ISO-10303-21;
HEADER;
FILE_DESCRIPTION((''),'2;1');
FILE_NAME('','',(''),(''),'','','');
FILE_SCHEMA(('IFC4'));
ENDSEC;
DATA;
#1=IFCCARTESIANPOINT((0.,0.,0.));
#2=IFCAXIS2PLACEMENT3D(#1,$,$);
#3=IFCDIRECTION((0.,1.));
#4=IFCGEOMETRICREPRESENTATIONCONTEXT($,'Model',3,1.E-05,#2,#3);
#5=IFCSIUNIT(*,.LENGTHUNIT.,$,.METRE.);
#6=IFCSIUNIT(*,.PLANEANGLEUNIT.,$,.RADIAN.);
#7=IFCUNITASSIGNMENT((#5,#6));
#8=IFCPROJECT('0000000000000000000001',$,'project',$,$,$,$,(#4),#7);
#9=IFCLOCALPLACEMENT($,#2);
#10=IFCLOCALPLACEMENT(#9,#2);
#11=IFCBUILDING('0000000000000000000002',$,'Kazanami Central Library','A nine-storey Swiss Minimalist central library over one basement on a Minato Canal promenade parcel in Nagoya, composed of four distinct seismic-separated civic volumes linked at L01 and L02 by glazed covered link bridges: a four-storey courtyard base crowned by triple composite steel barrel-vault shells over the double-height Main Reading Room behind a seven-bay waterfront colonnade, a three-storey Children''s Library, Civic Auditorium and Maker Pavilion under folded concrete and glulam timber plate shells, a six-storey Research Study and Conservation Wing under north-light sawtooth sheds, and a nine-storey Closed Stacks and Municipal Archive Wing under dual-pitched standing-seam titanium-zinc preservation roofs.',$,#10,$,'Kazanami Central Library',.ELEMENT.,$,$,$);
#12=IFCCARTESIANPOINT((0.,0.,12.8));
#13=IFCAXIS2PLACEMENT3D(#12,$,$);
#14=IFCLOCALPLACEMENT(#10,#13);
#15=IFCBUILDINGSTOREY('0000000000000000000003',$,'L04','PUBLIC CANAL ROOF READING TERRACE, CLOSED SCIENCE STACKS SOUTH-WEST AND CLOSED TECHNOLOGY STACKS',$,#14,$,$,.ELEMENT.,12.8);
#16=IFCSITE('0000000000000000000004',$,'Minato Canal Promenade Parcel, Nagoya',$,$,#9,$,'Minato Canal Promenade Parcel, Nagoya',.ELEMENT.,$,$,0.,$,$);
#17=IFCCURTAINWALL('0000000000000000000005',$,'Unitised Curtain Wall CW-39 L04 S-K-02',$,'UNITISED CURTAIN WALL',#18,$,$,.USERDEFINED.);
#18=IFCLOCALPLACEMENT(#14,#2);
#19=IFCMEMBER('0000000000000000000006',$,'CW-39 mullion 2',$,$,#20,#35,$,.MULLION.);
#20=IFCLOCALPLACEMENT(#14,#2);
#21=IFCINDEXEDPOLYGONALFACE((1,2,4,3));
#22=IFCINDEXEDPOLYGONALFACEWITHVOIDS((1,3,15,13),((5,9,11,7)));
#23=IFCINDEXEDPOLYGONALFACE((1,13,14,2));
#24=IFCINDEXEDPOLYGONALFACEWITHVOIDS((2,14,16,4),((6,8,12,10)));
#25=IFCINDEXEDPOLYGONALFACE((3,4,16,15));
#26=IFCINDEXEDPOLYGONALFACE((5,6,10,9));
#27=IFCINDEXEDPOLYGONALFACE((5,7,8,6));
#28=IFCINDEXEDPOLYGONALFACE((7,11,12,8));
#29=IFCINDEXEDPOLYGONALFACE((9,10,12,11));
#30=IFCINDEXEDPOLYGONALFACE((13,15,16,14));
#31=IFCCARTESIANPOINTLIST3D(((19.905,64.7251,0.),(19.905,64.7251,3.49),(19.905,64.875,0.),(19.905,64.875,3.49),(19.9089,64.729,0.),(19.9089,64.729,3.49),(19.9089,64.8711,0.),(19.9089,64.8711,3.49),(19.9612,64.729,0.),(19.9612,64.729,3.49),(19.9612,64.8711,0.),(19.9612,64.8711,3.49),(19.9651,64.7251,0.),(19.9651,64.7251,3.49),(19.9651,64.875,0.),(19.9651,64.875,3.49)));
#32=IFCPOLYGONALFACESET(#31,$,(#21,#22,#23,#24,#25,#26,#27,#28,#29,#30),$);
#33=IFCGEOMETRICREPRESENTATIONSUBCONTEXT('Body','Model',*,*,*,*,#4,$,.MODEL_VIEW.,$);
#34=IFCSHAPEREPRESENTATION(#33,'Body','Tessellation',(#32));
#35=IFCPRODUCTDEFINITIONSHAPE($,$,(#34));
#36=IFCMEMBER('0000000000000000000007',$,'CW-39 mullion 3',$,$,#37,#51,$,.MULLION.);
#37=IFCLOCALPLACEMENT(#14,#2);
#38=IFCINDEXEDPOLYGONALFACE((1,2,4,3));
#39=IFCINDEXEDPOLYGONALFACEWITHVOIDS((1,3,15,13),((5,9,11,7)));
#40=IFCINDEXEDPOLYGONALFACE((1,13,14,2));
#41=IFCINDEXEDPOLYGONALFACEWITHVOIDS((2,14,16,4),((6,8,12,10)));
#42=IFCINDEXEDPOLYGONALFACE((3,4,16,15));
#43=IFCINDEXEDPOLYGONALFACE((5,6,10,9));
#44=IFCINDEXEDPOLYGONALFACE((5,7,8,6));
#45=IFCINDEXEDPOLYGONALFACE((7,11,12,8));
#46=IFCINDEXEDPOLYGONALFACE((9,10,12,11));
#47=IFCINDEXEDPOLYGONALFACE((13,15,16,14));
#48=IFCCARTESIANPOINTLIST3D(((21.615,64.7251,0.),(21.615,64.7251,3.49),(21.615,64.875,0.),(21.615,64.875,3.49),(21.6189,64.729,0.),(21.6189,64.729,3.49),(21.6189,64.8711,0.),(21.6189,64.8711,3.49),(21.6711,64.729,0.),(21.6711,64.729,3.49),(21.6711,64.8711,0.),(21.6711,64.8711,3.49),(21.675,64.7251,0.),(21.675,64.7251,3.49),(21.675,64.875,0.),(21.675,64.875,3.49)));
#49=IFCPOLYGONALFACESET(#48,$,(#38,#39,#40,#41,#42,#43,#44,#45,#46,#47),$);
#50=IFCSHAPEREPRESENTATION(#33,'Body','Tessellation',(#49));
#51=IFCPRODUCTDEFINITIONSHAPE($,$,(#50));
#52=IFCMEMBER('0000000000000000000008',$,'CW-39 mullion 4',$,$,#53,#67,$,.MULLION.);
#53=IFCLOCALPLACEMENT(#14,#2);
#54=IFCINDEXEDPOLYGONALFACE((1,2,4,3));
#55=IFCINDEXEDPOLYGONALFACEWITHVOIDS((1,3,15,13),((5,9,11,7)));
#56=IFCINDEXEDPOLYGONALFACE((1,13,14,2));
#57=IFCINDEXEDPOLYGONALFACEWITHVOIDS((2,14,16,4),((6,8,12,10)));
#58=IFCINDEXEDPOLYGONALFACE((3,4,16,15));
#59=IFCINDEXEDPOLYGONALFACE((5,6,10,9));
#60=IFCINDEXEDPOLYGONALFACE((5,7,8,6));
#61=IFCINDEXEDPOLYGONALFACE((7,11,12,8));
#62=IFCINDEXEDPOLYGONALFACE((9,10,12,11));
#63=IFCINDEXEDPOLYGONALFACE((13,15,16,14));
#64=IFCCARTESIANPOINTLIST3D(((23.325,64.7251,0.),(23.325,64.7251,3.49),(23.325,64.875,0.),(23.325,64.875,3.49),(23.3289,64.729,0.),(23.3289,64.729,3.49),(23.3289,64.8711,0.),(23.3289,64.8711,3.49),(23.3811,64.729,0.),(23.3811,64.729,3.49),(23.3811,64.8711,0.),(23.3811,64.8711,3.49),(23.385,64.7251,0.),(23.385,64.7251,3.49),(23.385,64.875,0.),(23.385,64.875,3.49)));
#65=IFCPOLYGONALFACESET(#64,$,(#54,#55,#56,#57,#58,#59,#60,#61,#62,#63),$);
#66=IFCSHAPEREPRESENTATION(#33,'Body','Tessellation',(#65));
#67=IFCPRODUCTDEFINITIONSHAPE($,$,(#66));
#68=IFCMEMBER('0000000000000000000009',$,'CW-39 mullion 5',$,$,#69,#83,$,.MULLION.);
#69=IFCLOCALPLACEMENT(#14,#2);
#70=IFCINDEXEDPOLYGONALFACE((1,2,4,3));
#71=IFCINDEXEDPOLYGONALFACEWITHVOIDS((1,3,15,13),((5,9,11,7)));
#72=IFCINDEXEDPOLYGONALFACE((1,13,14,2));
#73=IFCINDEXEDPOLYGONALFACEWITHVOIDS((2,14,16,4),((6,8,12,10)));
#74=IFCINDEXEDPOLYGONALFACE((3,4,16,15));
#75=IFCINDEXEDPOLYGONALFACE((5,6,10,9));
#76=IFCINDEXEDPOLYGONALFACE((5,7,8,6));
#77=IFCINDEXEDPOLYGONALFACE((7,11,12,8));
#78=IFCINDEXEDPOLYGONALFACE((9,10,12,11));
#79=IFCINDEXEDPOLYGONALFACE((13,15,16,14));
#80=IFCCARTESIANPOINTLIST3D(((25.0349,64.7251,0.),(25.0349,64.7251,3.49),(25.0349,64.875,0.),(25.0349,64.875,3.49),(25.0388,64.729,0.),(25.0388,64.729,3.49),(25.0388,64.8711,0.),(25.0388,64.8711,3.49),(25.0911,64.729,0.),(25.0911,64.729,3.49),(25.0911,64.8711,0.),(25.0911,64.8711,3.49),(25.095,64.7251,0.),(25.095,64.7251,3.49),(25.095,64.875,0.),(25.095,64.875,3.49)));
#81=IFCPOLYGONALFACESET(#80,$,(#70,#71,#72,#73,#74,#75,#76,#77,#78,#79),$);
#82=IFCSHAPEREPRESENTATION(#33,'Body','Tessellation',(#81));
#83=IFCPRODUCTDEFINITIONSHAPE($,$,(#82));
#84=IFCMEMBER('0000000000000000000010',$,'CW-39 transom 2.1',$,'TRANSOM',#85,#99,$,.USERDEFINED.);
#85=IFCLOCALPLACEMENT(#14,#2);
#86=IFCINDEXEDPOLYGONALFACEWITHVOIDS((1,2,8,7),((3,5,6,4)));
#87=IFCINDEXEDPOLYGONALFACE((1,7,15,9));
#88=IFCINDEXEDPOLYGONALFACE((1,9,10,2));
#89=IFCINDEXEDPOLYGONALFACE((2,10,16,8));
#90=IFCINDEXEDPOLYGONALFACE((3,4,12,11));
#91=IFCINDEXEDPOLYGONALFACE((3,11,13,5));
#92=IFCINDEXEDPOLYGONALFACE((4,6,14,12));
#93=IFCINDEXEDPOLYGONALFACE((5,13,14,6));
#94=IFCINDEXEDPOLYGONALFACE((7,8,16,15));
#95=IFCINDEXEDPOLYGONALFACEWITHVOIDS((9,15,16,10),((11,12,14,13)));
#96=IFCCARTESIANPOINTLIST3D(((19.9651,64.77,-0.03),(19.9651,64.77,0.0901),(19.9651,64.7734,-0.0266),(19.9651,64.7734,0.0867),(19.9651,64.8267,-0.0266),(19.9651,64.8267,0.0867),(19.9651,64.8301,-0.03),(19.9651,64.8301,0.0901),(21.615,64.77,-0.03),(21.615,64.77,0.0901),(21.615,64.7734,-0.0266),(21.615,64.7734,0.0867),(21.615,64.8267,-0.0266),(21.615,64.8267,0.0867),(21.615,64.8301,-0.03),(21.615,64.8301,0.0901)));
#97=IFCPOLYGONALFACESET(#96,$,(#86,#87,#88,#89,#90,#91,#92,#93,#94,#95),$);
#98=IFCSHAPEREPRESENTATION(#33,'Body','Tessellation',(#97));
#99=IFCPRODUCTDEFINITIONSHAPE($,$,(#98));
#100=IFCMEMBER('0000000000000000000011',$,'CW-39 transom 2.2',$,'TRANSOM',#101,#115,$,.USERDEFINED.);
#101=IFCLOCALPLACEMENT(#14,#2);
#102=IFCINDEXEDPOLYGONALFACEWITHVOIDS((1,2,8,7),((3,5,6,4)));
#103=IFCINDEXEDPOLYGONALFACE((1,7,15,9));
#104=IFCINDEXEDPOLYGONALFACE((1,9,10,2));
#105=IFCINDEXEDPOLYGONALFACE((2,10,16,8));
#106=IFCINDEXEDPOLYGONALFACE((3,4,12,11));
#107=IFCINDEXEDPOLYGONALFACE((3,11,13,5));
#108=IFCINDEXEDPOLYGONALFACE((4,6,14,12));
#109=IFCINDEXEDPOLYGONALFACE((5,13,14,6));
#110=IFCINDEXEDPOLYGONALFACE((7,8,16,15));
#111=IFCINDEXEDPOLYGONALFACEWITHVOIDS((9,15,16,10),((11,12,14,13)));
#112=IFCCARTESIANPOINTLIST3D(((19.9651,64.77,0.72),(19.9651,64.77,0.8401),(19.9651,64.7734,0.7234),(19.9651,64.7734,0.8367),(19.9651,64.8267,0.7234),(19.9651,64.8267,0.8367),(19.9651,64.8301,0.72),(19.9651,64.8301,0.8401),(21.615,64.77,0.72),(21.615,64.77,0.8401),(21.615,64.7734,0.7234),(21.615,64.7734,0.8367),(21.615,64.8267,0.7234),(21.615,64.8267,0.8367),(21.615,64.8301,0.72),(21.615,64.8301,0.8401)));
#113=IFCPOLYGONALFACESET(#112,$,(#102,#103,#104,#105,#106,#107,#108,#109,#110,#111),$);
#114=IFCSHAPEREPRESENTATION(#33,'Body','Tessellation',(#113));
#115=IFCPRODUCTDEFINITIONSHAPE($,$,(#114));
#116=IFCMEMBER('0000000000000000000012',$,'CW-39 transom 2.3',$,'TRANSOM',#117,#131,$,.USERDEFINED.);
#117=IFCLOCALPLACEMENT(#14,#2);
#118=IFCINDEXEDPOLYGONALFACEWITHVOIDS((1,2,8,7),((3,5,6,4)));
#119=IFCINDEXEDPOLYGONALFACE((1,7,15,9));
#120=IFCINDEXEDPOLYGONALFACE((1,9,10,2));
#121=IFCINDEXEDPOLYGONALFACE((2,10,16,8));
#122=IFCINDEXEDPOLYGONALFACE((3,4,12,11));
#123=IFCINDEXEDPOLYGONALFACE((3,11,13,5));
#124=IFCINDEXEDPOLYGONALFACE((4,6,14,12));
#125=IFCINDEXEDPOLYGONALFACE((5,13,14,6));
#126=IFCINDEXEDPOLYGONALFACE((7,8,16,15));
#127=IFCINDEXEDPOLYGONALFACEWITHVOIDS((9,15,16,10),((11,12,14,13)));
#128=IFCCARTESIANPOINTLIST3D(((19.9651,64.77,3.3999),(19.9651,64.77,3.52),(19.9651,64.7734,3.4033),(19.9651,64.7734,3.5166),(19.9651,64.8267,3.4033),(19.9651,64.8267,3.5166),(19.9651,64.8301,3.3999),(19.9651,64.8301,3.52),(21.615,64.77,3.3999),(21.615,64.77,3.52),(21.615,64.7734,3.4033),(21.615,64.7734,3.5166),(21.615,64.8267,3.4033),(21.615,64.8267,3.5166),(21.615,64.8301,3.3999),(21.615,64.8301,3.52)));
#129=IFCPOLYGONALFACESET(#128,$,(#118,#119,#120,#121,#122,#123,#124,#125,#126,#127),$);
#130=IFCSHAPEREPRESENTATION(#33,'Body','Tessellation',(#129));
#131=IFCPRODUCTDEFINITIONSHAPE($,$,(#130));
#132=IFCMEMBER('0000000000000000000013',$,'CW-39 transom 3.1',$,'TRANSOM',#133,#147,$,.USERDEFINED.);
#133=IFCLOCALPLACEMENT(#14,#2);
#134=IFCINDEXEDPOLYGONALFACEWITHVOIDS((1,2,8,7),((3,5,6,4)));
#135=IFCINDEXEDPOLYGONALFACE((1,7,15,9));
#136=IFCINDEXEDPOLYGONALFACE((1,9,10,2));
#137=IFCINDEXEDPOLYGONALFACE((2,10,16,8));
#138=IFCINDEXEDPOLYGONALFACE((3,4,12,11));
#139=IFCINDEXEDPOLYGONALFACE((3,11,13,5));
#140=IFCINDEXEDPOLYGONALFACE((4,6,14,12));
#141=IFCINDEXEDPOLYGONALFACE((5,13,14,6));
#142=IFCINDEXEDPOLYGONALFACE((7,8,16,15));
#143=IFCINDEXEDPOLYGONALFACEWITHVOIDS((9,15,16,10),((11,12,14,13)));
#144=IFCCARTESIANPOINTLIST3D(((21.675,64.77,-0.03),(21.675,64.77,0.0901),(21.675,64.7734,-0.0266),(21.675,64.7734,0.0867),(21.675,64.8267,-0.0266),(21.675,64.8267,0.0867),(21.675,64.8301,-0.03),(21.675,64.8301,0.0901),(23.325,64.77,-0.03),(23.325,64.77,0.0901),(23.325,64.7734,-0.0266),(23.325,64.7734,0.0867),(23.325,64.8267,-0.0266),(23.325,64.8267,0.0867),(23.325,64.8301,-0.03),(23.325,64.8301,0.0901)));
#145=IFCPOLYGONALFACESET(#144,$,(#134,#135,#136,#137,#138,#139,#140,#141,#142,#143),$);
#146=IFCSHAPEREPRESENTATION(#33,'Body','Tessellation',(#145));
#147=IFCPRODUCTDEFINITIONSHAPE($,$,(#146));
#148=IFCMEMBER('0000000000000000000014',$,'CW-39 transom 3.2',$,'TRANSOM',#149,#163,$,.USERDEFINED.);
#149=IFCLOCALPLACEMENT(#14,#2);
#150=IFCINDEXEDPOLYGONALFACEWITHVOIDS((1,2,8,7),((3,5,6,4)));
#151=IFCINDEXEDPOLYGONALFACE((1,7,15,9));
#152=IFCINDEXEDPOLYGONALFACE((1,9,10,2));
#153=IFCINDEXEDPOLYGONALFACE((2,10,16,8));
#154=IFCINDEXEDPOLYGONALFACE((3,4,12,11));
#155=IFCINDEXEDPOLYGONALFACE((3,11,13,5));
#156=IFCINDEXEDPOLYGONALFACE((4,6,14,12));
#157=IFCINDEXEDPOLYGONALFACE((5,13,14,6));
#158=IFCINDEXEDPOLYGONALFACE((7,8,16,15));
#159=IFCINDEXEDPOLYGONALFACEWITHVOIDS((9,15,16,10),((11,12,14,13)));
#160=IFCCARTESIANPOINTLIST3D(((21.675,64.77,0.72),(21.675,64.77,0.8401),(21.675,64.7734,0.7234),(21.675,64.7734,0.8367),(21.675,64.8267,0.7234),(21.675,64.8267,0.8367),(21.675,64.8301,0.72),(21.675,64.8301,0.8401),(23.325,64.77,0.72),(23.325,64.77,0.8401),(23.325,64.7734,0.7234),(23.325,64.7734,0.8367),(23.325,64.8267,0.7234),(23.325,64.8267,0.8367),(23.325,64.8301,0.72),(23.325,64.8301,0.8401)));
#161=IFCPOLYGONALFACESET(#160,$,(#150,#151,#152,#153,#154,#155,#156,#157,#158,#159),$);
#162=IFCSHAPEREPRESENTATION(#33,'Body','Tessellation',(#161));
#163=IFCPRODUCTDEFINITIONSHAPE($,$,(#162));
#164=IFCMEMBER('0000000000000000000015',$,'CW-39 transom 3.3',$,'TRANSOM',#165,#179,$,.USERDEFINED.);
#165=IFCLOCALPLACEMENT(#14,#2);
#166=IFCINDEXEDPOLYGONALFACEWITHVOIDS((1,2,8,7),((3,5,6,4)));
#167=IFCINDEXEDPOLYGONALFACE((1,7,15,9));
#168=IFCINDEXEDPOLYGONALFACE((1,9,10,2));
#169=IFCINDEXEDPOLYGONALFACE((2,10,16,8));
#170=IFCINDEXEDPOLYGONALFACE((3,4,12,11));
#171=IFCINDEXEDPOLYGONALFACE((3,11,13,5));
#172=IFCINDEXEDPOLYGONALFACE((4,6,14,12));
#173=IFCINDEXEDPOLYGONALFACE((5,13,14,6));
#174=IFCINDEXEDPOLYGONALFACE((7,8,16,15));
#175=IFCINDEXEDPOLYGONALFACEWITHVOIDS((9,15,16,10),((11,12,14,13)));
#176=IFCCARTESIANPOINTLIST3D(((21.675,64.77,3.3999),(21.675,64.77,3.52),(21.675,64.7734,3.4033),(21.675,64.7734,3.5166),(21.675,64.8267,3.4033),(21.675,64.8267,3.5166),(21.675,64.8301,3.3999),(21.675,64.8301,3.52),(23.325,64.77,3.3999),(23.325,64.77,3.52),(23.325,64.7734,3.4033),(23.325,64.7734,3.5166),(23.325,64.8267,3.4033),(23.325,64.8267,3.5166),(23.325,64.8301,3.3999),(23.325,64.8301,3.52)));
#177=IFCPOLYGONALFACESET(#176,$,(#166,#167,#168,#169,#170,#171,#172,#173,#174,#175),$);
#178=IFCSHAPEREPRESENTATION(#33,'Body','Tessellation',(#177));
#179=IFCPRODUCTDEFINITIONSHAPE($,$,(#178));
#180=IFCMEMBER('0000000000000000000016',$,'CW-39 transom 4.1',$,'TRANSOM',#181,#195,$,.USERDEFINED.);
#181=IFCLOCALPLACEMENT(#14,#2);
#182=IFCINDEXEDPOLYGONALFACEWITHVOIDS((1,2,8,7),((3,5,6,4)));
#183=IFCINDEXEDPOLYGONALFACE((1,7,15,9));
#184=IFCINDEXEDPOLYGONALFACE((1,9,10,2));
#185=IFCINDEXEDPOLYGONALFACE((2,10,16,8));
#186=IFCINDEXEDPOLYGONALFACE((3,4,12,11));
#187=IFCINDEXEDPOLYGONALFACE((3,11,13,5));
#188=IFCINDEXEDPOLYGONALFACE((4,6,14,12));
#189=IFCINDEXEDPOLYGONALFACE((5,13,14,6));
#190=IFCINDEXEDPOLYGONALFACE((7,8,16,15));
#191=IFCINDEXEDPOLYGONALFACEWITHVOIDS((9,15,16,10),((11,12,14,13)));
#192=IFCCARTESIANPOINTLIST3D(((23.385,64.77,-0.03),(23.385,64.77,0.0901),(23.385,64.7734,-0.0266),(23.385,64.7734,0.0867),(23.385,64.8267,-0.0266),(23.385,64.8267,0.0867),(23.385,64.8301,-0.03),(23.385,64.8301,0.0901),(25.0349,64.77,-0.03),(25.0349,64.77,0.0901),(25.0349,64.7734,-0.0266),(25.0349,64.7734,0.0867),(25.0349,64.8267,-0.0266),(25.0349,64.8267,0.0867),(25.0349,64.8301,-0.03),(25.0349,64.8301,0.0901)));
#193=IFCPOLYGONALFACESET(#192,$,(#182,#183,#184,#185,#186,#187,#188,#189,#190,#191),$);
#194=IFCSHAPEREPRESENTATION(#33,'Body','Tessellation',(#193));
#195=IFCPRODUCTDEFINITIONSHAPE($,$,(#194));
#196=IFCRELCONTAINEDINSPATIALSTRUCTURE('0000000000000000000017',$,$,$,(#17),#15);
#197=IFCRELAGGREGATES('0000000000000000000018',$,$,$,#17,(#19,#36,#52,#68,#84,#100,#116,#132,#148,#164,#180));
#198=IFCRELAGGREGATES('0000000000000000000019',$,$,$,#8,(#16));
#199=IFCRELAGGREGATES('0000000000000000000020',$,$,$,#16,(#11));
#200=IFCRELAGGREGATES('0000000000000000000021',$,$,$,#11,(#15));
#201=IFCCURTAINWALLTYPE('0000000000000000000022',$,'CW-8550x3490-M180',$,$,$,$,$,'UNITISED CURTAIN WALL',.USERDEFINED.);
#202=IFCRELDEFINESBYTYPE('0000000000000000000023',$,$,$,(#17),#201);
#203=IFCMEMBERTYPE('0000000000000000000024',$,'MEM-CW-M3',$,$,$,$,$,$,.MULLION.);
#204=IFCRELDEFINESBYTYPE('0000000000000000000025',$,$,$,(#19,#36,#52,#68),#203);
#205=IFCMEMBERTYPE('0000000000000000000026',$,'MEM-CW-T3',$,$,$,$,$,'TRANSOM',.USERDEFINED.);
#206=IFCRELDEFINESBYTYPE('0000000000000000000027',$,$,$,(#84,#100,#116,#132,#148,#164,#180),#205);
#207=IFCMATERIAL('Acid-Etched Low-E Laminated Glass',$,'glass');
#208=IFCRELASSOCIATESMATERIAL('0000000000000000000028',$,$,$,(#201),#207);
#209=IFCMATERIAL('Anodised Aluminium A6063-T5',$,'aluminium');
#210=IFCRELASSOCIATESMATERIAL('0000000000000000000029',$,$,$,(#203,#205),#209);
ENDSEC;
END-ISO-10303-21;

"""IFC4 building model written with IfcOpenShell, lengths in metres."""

from ifc_helpers import new_model, si_unit, direction, frame, origin, origin_2d, place, context, subcontext, project, spatial, hollow_rectangle, extrude, material, material_profile, profile_set, type_object, element, aggregate, save


model = new_model("IFC4")

# Units and contexts
model_context = context("Model", 3, precision=1e-05, world=origin(), true_north=direction((0.0, 1.0)))
body_context = subcontext(model_context, "Body", "Model", "MODEL_VIEW")
ifc_project = project(units=[si_unit("LENGTHUNIT", "METRE"), si_unit("PLANEANGLEUNIT", "RADIAN")], contexts=[model_context])

# Site, building, storey
site_placement = place(None, origin())
site = spatial("IfcSite", under=ifc_project, at=site_placement, Name="Minato Canal Promenade Parcel, Nagoya", LongName="Minato Canal Promenade Parcel, Nagoya", CompositionType="ELEMENT", RefElevation=0.0)
building_placement = place(site_placement, origin())
building = spatial("IfcBuilding", under=site, at=building_placement, Name="Kazanami Central Library", Description="A nine-storey Swiss Minimalist central library over one basement on a Minato Canal promenade parcel in Nagoya, composed of four distinct seismic-separated civic volumes linked at L01 and L02 by glazed covered link bridges: a four-storey courtyard base crowned by triple composite steel barrel-vault shells over the double-height Main Reading Room behind a seven-bay waterfront colonnade, a three-storey Children's Library, Civic Auditorium and Maker Pavilion under folded concrete and glulam timber plate shells, a six-storey Research Study and Conservation Wing under north-light sawtooth sheds, and a nine-storey Closed Stacks and Municipal Archive Wing under dual-pitched standing-seam titanium-zinc preservation roofs.", LongName="Kazanami Central Library", CompositionType="ELEMENT")
storey_placement = place(building_placement, frame((0.0, 0.0, 12.8)))
storey = spatial("IfcBuildingStorey", under=building, at=storey_placement, Name="L04", Description="PUBLIC CANAL ROOF READING TERRACE, CLOSED SCIENCE STACKS SOUTH-WEST AND CLOSED TECHNOLOGY STACKS", CompositionType="ELEMENT", Elevation=12.8)

# Curtain wall, members
ifc_material_1 = material(Name="Acid-Etched Low-E Laminated Glass", Category="glass")
curtain_wall_type = type_object("IfcCurtainWallType", Name="CW-8550x3490-M180", ElementType="UNITISED CURTAIN WALL", PredefinedType="USERDEFINED", material=ifc_material_1)
curtain_wall_placement = place(storey_placement, origin())
curtain_wall = element("IfcCurtainWall", 1, at=curtain_wall_placement, inside=storey, type_object=curtain_wall_type, Name="Unitised Curtain Wall CW-39 L04 S-K-02", ObjectType="UNITISED CURTAIN WALL", PredefinedType="USERDEFINED")
ifc_material_2 = material(Name="Anodised Aluminium A6063-T5", Category="aluminium")
ifc_material_profile_1 = material_profile(ifc_material_2, hollow_rectangle(XDim=0.0601, YDim=0.1499, WallThickness=0.0039, at=origin_2d()), Name="ALU-MULL-60x150x4")
ifc_profile_set_1 = profile_set([ifc_material_profile_1], Name="Anodised Aluminium A6063-T5")
member_type_1 = type_object("IfcMemberType", Name="MEM-CW-M3", PredefinedType="MULLION", material=ifc_profile_set_1)
member_1_placement = place(storey_placement, frame((19.9351, 64.8, 0.0), z_axis=(0.0, 0.0, 1.0), x_axis=(1.0, 0.0, 0.0)))
member_1 = element("IfcMember", 2, at=member_1_placement, type_object=member_type_1, Name="CW-39 mullion 2", PredefinedType="MULLION", context=body_context, shape_type="SweptSolid", body=[
    extrude(hollow_rectangle(XDim=0.0601, YDim=0.1499, WallThickness=0.0039, at=origin_2d()), origin(), (0.0, 0.0, 1.0), 3.49),
])
member_2_placement = place(storey_placement, frame((21.645, 64.8, 0.0), z_axis=(0.0, 0.0, 1.0), x_axis=(1.0, 0.0, 0.0)))
member_2 = element("IfcMember", 3, at=member_2_placement, type_object=member_type_1, Name="CW-39 mullion 3", PredefinedType="MULLION", context=body_context, shape_type="SweptSolid", body=[
    extrude(hollow_rectangle(XDim=0.0601, YDim=0.1499, WallThickness=0.0039, at=origin_2d()), origin(), (0.0, 0.0, 1.0), 3.49),
])
member_3_placement = place(storey_placement, frame((23.355, 64.8, 0.0), z_axis=(0.0, 0.0, 1.0), x_axis=(1.0, 0.0, 0.0)))
member_3 = element("IfcMember", 4, at=member_3_placement, type_object=member_type_1, Name="CW-39 mullion 4", PredefinedType="MULLION", context=body_context, shape_type="SweptSolid", body=[
    extrude(hollow_rectangle(XDim=0.0601, YDim=0.1499, WallThickness=0.0039, at=origin_2d()), origin(), (0.0, 0.0, 1.0), 3.49),
])
member_4_placement = place(storey_placement, frame((25.0649, 64.8, 0.0), z_axis=(0.0, 0.0, 1.0), x_axis=(1.0, 0.0, 0.0)))
member_4 = element("IfcMember", 5, at=member_4_placement, type_object=member_type_1, Name="CW-39 mullion 5", PredefinedType="MULLION", context=body_context, shape_type="SweptSolid", body=[
    extrude(hollow_rectangle(XDim=0.0601, YDim=0.1499, WallThickness=0.0039, at=origin_2d()), origin(), (0.0, 0.0, 1.0), 3.49),
])
ifc_material_profile_2 = material_profile(ifc_material_2, hollow_rectangle(XDim=0.0601, YDim=0.1201, WallThickness=0.0034, at=origin_2d()), Name="ALU-TRAN-60x120x3.5")
ifc_profile_set_2 = profile_set([ifc_material_profile_2], Name="Anodised Aluminium A6063-T5")
member_type_2 = type_object("IfcMemberType", Name="MEM-CW-T3", ElementType="TRANSOM", PredefinedType="USERDEFINED", material=ifc_profile_set_2)
member_5_placement = place(storey_placement, frame((19.9651, 64.8, 0.03), z_axis=(1.0, 0.0, 0.0), x_axis=(0.0, 1.0, 0.0)))
member_5 = element("IfcMember", 6, at=member_5_placement, type_object=member_type_2, Name="CW-39 transom 2.1", ObjectType="TRANSOM", PredefinedType="USERDEFINED", context=body_context, shape_type="SweptSolid", body=[
    extrude(hollow_rectangle(XDim=0.0601, YDim=0.1201, WallThickness=0.0034, at=origin_2d()), origin(), (0.0, 0.0, 1.0), 1.6499),
])
member_6_placement = place(storey_placement, frame((19.9651, 64.8, 0.78), z_axis=(1.0, 0.0, 0.0), x_axis=(0.0, 1.0, 0.0)))
member_6 = element("IfcMember", 7, at=member_6_placement, type_object=member_type_2, Name="CW-39 transom 2.2", ObjectType="TRANSOM", PredefinedType="USERDEFINED", context=body_context, shape_type="SweptSolid", body=[
    extrude(hollow_rectangle(XDim=0.0601, YDim=0.1201, WallThickness=0.0034, at=origin_2d()), origin(), (0.0, 0.0, 1.0), 1.6499),
])
member_7_placement = place(storey_placement, frame((19.9651, 64.8, 3.46), z_axis=(1.0, 0.0, 0.0), x_axis=(0.0, 1.0, 0.0)))
member_7 = element("IfcMember", 8, at=member_7_placement, type_object=member_type_2, Name="CW-39 transom 2.3", ObjectType="TRANSOM", PredefinedType="USERDEFINED", context=body_context, shape_type="SweptSolid", body=[
    extrude(hollow_rectangle(XDim=0.0601, YDim=0.1201, WallThickness=0.0034, at=origin_2d()), origin(), (0.0, 0.0, 1.0), 1.6499),
])
member_8_placement = place(storey_placement, frame((21.675, 64.8, 0.03), z_axis=(1.0, 0.0, 0.0), x_axis=(0.0, 1.0, 0.0)))
member_8 = element("IfcMember", 9, at=member_8_placement, type_object=member_type_2, Name="CW-39 transom 3.1", ObjectType="TRANSOM", PredefinedType="USERDEFINED", context=body_context, shape_type="SweptSolid", body=[
    extrude(hollow_rectangle(XDim=0.0601, YDim=0.1201, WallThickness=0.0034, at=origin_2d()), origin(), (0.0, 0.0, 1.0), 1.6499),
])
member_9_placement = place(storey_placement, frame((21.675, 64.8, 0.78), z_axis=(1.0, 0.0, 0.0), x_axis=(0.0, 1.0, 0.0)))
member_9 = element("IfcMember", 10, at=member_9_placement, type_object=member_type_2, Name="CW-39 transom 3.2", ObjectType="TRANSOM", PredefinedType="USERDEFINED", context=body_context, shape_type="SweptSolid", body=[
    extrude(hollow_rectangle(XDim=0.0601, YDim=0.1201, WallThickness=0.0034, at=origin_2d()), origin(), (0.0, 0.0, 1.0), 1.6499),
])
member_10_placement = place(storey_placement, frame((21.675, 64.8, 3.46), z_axis=(1.0, 0.0, 0.0), x_axis=(0.0, 1.0, 0.0)))
member_10 = element("IfcMember", 11, at=member_10_placement, type_object=member_type_2, Name="CW-39 transom 3.3", ObjectType="TRANSOM", PredefinedType="USERDEFINED", context=body_context, shape_type="SweptSolid", body=[
    extrude(hollow_rectangle(XDim=0.0601, YDim=0.1201, WallThickness=0.0034, at=origin_2d()), origin(), (0.0, 0.0, 1.0), 1.6499),
])
member_11_placement = place(storey_placement, frame((23.385, 64.8, 0.03), z_axis=(1.0, 0.0, 0.0), x_axis=(0.0, 1.0, 0.0)))
member_11 = element("IfcMember", 12, at=member_11_placement, type_object=member_type_2, Name="CW-39 transom 4.1", ObjectType="TRANSOM", PredefinedType="USERDEFINED", context=body_context, shape_type="SweptSolid", body=[
    extrude(hollow_rectangle(XDim=0.0601, YDim=0.1201, WallThickness=0.0034, at=origin_2d()), origin(), (0.0, 0.0, 1.0), 1.6499),
])
aggregate(curtain_wall, [member_1, member_2, member_3, member_4, member_5, member_6, member_7, member_8, member_9, member_10, member_11])

save(model, "model.ifc")
